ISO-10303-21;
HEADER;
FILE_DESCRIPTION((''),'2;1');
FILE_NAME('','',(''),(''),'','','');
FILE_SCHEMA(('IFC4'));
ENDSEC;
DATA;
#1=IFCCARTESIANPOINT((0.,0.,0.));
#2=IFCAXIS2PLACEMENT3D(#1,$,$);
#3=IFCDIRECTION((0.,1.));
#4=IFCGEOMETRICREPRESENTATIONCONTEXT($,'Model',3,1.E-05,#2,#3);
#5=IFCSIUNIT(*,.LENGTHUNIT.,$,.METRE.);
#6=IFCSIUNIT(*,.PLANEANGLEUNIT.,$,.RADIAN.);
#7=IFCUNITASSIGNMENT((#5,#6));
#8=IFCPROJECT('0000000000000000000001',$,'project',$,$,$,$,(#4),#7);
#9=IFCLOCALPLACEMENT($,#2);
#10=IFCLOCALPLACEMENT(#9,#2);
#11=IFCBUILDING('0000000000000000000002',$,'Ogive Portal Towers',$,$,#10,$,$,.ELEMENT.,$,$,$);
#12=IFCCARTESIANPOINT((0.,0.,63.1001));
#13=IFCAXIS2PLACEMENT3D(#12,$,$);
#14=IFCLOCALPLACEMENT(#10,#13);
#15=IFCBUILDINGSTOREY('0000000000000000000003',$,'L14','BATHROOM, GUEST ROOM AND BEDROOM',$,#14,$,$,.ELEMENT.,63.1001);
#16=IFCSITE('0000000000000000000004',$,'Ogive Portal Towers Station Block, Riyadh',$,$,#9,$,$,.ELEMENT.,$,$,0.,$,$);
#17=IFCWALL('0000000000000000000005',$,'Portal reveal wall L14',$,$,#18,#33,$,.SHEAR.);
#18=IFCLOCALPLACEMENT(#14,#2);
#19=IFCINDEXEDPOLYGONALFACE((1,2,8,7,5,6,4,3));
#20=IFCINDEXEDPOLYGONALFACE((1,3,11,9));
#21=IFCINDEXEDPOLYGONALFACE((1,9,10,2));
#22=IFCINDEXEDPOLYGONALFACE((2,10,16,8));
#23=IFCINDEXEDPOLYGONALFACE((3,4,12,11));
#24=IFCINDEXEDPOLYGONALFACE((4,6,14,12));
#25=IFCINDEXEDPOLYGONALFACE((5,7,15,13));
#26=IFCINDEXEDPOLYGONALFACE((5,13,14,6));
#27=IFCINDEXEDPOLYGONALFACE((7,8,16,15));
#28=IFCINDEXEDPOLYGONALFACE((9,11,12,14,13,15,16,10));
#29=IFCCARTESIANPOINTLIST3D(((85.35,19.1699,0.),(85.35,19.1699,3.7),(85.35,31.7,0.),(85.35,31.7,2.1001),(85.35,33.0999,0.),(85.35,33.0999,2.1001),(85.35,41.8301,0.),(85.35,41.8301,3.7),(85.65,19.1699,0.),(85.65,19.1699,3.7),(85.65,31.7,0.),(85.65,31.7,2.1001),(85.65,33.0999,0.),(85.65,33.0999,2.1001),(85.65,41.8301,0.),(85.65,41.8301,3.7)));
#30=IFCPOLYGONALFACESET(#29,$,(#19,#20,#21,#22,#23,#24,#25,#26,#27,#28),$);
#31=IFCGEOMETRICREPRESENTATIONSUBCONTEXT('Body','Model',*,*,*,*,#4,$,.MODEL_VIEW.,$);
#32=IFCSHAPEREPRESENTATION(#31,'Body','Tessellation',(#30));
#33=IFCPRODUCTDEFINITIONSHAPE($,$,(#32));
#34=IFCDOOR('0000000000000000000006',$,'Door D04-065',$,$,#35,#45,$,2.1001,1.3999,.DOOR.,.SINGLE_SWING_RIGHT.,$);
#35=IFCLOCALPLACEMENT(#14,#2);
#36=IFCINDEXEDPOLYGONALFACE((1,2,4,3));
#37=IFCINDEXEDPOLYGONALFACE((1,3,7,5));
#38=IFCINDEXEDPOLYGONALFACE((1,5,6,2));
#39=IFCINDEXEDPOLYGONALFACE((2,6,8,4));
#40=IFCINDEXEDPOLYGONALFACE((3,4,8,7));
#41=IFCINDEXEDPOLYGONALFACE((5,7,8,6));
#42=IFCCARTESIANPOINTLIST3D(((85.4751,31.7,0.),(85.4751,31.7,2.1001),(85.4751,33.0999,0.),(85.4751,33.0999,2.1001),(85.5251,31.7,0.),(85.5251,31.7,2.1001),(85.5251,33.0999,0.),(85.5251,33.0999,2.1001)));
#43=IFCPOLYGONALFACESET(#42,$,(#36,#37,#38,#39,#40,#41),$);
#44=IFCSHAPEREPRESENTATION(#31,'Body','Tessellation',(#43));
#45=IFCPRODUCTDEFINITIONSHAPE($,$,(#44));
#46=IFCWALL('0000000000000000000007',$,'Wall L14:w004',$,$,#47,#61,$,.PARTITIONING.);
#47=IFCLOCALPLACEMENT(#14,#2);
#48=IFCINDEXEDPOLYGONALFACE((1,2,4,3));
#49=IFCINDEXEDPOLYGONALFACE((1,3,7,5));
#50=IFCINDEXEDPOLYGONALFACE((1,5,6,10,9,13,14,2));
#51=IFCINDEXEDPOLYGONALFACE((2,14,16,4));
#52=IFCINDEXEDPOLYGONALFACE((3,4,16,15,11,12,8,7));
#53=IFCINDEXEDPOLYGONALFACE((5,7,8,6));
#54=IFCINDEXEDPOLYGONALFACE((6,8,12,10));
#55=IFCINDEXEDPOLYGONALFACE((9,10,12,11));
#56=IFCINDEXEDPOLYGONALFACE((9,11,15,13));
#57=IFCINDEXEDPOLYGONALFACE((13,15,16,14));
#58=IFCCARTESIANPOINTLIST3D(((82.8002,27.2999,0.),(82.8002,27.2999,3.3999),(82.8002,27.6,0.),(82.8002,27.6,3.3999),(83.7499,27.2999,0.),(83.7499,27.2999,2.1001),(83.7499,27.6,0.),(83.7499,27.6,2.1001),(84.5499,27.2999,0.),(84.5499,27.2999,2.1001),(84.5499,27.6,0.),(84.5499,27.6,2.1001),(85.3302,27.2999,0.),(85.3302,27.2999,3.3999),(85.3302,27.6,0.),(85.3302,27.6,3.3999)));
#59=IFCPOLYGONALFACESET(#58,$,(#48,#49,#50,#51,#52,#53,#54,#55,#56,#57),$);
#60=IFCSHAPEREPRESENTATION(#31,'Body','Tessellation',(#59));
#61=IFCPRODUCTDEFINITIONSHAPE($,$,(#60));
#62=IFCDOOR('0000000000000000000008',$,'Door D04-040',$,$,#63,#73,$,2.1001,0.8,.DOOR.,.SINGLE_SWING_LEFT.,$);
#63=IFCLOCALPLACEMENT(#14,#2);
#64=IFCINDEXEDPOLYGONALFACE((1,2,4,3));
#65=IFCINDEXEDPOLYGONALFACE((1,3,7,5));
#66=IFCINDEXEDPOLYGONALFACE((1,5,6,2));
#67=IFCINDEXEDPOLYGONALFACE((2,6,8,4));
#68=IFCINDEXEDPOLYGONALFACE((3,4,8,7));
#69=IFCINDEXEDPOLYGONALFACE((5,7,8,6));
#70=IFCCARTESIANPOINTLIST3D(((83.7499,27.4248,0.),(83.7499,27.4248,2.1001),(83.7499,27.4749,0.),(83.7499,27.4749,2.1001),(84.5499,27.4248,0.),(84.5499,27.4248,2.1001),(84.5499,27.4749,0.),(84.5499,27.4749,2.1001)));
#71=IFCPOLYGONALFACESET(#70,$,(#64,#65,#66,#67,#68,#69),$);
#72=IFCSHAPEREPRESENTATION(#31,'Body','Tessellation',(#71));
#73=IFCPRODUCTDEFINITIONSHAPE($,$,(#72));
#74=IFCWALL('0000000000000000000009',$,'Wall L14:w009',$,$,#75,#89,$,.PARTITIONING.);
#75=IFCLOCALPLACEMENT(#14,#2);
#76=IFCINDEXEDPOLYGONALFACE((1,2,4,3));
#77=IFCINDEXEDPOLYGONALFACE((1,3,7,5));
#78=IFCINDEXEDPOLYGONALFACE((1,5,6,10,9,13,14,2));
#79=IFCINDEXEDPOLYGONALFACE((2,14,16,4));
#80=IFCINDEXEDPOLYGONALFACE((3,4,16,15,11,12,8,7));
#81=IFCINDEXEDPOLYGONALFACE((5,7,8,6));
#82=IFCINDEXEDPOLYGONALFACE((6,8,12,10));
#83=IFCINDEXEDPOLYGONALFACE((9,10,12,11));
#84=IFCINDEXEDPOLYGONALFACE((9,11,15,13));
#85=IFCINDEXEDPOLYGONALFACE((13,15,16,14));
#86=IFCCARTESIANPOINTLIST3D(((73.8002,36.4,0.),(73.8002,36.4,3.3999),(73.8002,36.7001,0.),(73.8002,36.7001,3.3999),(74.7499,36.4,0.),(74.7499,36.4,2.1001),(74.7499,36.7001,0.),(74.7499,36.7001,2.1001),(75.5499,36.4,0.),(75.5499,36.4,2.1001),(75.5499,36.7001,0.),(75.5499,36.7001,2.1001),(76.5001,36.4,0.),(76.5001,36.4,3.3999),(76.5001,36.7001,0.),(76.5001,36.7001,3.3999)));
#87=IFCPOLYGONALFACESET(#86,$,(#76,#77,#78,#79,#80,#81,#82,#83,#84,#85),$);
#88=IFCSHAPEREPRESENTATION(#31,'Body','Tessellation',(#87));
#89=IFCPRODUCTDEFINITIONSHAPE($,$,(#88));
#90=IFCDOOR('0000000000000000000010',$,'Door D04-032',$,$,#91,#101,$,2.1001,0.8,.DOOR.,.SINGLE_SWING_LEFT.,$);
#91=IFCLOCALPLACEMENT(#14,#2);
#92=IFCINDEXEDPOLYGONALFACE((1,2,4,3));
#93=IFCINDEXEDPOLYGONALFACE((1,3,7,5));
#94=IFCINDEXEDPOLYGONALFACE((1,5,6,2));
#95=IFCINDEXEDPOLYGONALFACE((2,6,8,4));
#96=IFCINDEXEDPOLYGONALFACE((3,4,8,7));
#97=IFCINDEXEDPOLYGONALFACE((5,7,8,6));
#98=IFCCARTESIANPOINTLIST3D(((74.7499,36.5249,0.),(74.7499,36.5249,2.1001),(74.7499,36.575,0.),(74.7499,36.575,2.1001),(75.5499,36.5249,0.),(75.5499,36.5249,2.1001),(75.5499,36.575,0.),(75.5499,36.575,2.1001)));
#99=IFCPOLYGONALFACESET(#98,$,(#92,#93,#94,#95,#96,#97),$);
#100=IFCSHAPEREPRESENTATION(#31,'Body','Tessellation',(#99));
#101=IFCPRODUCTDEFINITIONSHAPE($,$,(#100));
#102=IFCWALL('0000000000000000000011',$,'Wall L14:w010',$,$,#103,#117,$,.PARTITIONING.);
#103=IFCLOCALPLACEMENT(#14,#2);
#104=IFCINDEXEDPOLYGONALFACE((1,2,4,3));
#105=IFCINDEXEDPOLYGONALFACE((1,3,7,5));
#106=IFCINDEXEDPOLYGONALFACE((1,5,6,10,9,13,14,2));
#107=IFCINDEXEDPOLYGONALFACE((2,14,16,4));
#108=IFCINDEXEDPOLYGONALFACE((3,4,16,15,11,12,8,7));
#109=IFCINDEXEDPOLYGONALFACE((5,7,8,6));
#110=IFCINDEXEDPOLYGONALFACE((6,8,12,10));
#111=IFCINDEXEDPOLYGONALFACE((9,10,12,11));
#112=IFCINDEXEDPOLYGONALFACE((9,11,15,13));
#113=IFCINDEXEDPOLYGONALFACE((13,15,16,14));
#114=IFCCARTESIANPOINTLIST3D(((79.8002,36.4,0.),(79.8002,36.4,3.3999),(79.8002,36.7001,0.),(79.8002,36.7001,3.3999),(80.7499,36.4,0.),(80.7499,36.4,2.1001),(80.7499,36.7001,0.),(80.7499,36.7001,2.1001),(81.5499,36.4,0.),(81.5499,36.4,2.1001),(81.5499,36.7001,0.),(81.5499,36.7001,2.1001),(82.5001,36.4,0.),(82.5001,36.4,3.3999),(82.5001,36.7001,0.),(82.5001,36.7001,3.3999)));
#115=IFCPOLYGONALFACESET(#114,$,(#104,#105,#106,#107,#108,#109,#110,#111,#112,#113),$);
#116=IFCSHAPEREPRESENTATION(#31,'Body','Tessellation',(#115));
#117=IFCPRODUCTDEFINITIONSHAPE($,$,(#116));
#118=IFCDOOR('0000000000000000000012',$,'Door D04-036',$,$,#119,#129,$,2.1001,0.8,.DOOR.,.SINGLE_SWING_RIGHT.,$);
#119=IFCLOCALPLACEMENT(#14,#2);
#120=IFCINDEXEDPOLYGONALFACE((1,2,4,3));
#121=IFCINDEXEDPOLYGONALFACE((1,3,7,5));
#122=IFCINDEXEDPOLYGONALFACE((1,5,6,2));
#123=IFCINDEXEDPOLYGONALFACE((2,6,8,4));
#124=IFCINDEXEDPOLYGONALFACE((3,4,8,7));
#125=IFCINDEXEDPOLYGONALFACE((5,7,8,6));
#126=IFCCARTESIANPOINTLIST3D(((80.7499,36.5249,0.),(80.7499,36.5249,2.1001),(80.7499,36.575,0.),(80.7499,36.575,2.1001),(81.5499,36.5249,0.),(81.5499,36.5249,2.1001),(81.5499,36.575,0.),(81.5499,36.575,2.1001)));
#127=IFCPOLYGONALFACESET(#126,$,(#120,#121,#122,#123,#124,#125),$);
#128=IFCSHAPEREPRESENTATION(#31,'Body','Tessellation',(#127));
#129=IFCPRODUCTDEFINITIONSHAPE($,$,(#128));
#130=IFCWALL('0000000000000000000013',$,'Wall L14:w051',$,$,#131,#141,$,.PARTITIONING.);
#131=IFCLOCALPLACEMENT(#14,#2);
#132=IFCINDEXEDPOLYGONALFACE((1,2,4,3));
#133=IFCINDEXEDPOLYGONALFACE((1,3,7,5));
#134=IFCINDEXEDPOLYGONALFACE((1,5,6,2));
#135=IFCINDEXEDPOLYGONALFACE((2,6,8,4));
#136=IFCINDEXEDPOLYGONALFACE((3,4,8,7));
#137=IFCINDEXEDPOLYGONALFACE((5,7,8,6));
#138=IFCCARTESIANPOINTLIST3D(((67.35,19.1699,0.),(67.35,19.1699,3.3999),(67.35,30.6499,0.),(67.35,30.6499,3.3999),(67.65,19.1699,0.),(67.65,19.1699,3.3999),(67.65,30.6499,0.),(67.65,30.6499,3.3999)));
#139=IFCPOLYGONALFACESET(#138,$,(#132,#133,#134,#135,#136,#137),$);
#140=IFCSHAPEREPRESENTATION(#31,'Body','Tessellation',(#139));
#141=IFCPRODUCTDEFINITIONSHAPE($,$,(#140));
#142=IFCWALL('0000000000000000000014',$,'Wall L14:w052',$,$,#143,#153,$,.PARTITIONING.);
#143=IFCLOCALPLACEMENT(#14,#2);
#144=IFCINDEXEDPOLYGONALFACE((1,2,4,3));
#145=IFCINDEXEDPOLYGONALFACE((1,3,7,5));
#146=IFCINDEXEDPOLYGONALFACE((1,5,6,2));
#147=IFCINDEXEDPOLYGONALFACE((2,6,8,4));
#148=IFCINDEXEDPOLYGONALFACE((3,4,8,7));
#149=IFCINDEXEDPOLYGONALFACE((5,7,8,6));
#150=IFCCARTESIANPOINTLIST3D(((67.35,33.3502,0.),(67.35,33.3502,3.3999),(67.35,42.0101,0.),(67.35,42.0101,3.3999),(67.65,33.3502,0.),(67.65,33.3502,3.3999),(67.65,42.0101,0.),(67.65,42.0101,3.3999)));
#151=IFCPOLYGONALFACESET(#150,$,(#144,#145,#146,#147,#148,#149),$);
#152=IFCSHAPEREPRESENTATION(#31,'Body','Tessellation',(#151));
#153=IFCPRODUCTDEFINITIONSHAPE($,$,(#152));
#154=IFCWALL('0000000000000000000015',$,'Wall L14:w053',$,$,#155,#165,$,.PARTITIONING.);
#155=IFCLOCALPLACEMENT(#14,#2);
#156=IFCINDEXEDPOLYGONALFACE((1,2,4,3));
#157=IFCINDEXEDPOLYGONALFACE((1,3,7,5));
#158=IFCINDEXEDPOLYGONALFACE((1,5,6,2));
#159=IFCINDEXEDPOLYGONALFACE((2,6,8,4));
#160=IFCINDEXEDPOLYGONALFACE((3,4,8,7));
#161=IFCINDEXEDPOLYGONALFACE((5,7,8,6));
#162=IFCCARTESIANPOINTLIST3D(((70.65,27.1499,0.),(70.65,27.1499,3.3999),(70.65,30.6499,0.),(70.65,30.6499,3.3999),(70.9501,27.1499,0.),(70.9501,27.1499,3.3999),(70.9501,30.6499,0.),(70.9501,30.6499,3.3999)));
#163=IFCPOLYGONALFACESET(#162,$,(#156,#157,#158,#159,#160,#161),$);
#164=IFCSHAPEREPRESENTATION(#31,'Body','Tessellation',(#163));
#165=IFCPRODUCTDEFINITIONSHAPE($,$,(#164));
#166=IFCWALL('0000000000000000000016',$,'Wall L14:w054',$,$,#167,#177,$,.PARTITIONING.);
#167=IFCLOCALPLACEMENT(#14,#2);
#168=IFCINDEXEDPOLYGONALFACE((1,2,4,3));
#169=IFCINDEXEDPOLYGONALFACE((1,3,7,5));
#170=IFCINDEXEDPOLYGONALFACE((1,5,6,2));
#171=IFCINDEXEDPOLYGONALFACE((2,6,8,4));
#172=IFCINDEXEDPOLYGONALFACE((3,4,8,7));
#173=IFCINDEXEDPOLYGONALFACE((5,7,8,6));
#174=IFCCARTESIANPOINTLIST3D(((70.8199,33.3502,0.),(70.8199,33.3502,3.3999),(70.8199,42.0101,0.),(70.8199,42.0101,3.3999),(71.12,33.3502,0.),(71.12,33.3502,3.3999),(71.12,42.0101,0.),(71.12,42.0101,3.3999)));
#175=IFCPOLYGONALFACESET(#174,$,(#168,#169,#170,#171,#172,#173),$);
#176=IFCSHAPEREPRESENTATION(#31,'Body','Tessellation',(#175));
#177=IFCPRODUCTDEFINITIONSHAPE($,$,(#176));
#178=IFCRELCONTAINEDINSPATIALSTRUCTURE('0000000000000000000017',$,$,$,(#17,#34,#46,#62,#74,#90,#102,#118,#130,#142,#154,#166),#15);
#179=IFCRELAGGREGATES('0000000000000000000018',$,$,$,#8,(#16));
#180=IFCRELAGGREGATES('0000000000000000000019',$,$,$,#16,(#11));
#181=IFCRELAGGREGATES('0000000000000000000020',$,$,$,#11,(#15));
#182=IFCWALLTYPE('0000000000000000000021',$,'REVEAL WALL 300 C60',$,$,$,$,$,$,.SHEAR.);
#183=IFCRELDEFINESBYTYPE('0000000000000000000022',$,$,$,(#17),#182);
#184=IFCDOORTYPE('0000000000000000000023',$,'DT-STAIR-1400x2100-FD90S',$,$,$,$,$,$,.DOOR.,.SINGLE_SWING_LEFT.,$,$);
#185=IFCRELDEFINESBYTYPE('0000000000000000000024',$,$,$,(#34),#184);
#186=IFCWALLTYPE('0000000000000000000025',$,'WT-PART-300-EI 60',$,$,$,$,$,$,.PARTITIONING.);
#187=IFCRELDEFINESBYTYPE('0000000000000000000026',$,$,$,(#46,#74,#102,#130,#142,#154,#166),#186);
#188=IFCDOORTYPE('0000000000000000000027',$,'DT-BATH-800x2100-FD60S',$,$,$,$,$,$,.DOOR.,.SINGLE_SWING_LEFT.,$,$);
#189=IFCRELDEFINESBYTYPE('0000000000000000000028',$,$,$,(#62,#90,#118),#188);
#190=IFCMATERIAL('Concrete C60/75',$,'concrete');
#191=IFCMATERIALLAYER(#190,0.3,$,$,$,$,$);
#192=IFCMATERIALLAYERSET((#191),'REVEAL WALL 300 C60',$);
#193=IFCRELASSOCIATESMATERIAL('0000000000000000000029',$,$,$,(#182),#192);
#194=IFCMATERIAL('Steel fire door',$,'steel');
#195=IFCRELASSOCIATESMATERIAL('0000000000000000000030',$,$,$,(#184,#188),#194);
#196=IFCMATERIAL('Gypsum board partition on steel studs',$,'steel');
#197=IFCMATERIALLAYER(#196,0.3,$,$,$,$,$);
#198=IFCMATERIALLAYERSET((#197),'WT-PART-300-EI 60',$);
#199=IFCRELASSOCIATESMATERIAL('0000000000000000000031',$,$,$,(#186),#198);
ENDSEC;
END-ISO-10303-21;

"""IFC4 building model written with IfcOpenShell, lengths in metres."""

from ifc_helpers import new_model, si_unit, direction, frame, frame_2d, origin, place, context, subcontext, project, spatial, rectangle, extrude, material, layer, layer_set, type_object, element, fill, save


model = new_model("IFC4")

# Units and contexts
model_context = context("Model", 3, precision=1e-05, world=origin(), true_north=direction((0.0, 1.0)))
body_context = subcontext(model_context, "Body", "Model", "MODEL_VIEW")
ifc_project = project(units=[si_unit("LENGTHUNIT", "METRE"), si_unit("PLANEANGLEUNIT", "RADIAN")], contexts=[model_context])

# Site, building, storey
site_placement = place(None, origin())
site = spatial("IfcSite", under=ifc_project, at=site_placement, Name="Ogive Portal Towers Station Block, Riyadh", CompositionType="ELEMENT", RefElevation=0.0)
building_placement = place(site_placement, origin())
building = spatial("IfcBuilding", under=site, at=building_placement, Name="Ogive Portal Towers", CompositionType="ELEMENT")
storey_placement = place(building_placement, frame((0.0, 0.0, 63.1001)))
storey = spatial("IfcBuildingStorey", under=building, at=storey_placement, Name="L14", Description="BATHROOM, GUEST ROOM AND BEDROOM", CompositionType="ELEMENT", Elevation=63.1001)

# Shared definitions
ifc_material_1 = material(Name="Concrete C60/75", Category="concrete")

# Walls, openings, doors
ifc_layer_1 = layer(ifc_material_1, 0.3)
ifc_layer_set_1 = layer_set([ifc_layer_1], Name="REVEAL WALL 300 C60")
wall_type_1 = type_object("IfcWallType", Name="REVEAL WALL 300 C60", PredefinedType="SHEAR", material=ifc_layer_set_1)
wall_1_placement = place(storey_placement, frame((85.5, 19.1699, 0.0), z_axis=(0.0, 0.0, 1.0), x_axis=(0.0, 1.0, 0.0)))
wall_1 = element("IfcWall", 1, at=wall_1_placement, inside=storey, type_object=wall_type_1, Name="Portal reveal wall L14", PredefinedType="SHEAR", context=body_context, shape_type="SweptSolid", body=[
    extrude(rectangle(XDim=22.6602, YDim=0.3, at=frame_2d((11.3301, 0.0))), origin(), (0.0, 0.0, 1.0), 3.7),
])
opening_1_placement = place(wall_1_placement, frame((12.53, 0.0, 0.0)))
opening_1 = element("IfcOpeningElement", 2, at=opening_1_placement, cuts=wall_1, PredefinedType="OPENING", context=body_context, shape_type="SweptSolid", body=[
    extrude(rectangle(XDim=1.3999, YDim=2.1001, at=frame_2d((0.7, 1.05))), frame((0.0, 0.1602, 0.0), z_axis=(0.0, -1.0, 0.0), x_axis=(1.0, 0.0, 0.0)), (0.0, 0.0, 1.0), 0.3201),
])
ifc_material_2 = material(Name="Steel fire door", Category="steel")
door_type_1 = type_object("IfcDoorType", Name="DT-STAIR-1400x2100-FD90S", OperationType="SINGLE_SWING_LEFT", PredefinedType="DOOR", material=ifc_material_2)
door_1_placement = place(opening_1_placement, origin())
door_1 = element("IfcDoor", 3, at=door_1_placement, inside=storey, type_object=door_type_1, Name="Door D04-065", OperationType="SINGLE_SWING_RIGHT", OverallHeight=2.1001, OverallWidth=1.3999, PredefinedType="DOOR", context=body_context, shape_type="SweptSolid", body=[
    extrude(rectangle(XDim=1.3999, YDim=2.1001, at=frame_2d((0.7, 1.05))), frame((0.0, 0.0249, 0.0), z_axis=(0.0, -1.0, 0.0), x_axis=(1.0, 0.0, 0.0)), (0.0, 0.0, 1.0), 0.05),
])
fill(opening_1, door_1)
ifc_material_3 = material(Name="Gypsum board partition on steel studs", Category="steel")
ifc_layer_2 = layer(ifc_material_3, 0.3)
ifc_layer_set_2 = layer_set([ifc_layer_2], Name="WT-PART-300-EI 60")
wall_type_2 = type_object("IfcWallType", Name="WT-PART-300-EI 60", PredefinedType="PARTITIONING", material=ifc_layer_set_2)
wall_2_placement = place(storey_placement, frame((82.8, 27.45, 0.0), z_axis=(0.0, 0.0, 1.0), x_axis=(1.0, 0.0, 0.0)))
wall_2 = element("IfcWall", 4, at=wall_2_placement, inside=storey, type_object=wall_type_2, Name="Wall L14:w004", PredefinedType="PARTITIONING", context=body_context, shape_type="SweptSolid", body=[
    extrude(rectangle(XDim=2.53, YDim=0.3, at=frame_2d((1.2651, 0.0))), origin(), (0.0, 0.0, 1.0), 3.3999),
])
opening_2_placement = place(wall_2_placement, frame((0.95, 0.0, 0.0)))
opening_2 = element("IfcOpeningElement", 5, at=opening_2_placement, cuts=wall_2, PredefinedType="OPENING", context=body_context, shape_type="SweptSolid", body=[
    extrude(rectangle(XDim=0.8, YDim=2.1001, at=frame_2d((0.3999, 1.05))), frame((0.0, 0.1602, 0.0), z_axis=(0.0, -1.0, 0.0), x_axis=(1.0, 0.0, 0.0)), (0.0, 0.0, 1.0), 0.3201),
])
door_type_2 = type_object("IfcDoorType", Name="DT-BATH-800x2100-FD60S", OperationType="SINGLE_SWING_LEFT", PredefinedType="DOOR", material=ifc_material_2)
door_2_placement = place(opening_2_placement, origin())
door_2 = element("IfcDoor", 6, at=door_2_placement, inside=storey, type_object=door_type_2, Name="Door D04-040", OperationType="SINGLE_SWING_LEFT", OverallHeight=2.1001, OverallWidth=0.8, PredefinedType="DOOR", context=body_context, shape_type="SweptSolid", body=[
    extrude(rectangle(XDim=0.8, YDim=2.1001, at=frame_2d((0.3999, 1.05))), frame((0.0, 0.0249, 0.0), z_axis=(0.0, -1.0, 0.0), x_axis=(1.0, 0.0, 0.0)), (0.0, 0.0, 1.0), 0.05),
])
fill(opening_2, door_2)
wall_3_placement = place(storey_placement, frame((73.8, 36.55, 0.0), z_axis=(0.0, 0.0, 1.0), x_axis=(1.0, 0.0, 0.0)))
wall_3 = element("IfcWall", 7, at=wall_3_placement, inside=storey, type_object=wall_type_2, Name="Wall L14:w009", PredefinedType="PARTITIONING", context=body_context, shape_type="SweptSolid", body=[
    extrude(rectangle(XDim=2.7, YDim=0.3, at=frame_2d((1.3501, 0.0))), origin(), (0.0, 0.0, 1.0), 3.3999),
])
opening_3_placement = place(wall_3_placement, frame((0.95, 0.0, 0.0)))
opening_3 = element("IfcOpeningElement", 8, at=opening_3_placement, cuts=wall_3, PredefinedType="OPENING", context=body_context, shape_type="SweptSolid", body=[
    extrude(rectangle(XDim=0.8, YDim=2.1001, at=frame_2d((0.3999, 1.05))), frame((0.0, 0.1602, 0.0), z_axis=(0.0, -1.0, 0.0), x_axis=(1.0, 0.0, 0.0)), (0.0, 0.0, 1.0), 0.3201),
])
door_3_placement = place(opening_3_placement, origin())
door_3 = element("IfcDoor", 9, at=door_3_placement, inside=storey, type_object=door_type_2, Name="Door D04-032", OperationType="SINGLE_SWING_LEFT", OverallHeight=2.1001, OverallWidth=0.8, PredefinedType="DOOR", context=body_context, shape_type="SweptSolid", body=[
    extrude(rectangle(XDim=0.8, YDim=2.1001, at=frame_2d((0.3999, 1.05))), frame((0.0, 0.0249, 0.0), z_axis=(0.0, -1.0, 0.0), x_axis=(1.0, 0.0, 0.0)), (0.0, 0.0, 1.0), 0.05),
])
fill(opening_3, door_3)
wall_4_placement = place(storey_placement, frame((79.8, 36.55, 0.0), z_axis=(0.0, 0.0, 1.0), x_axis=(1.0, 0.0, 0.0)))
wall_4 = element("IfcWall", 10, at=wall_4_placement, inside=storey, type_object=wall_type_2, Name="Wall L14:w010", PredefinedType="PARTITIONING", context=body_context, shape_type="SweptSolid", body=[
    extrude(rectangle(XDim=2.7, YDim=0.3, at=frame_2d((1.3501, 0.0))), origin(), (0.0, 0.0, 1.0), 3.3999),
])
opening_4_placement = place(wall_4_placement, frame((0.95, 0.0, 0.0)))
opening_4 = element("IfcOpeningElement", 11, at=opening_4_placement, cuts=wall_4, PredefinedType="OPENING", context=body_context, shape_type="SweptSolid", body=[
    extrude(rectangle(XDim=0.8, YDim=2.1001, at=frame_2d((0.3999, 1.05))), frame((0.0, 0.1602, 0.0), z_axis=(0.0, -1.0, 0.0), x_axis=(1.0, 0.0, 0.0)), (0.0, 0.0, 1.0), 0.3201),
])
door_4_placement = place(opening_4_placement, origin())
door_4 = element("IfcDoor", 12, at=door_4_placement, inside=storey, type_object=door_type_2, Name="Door D04-036", OperationType="SINGLE_SWING_RIGHT", OverallHeight=2.1001, OverallWidth=0.8, PredefinedType="DOOR", context=body_context, shape_type="SweptSolid", body=[
    extrude(rectangle(XDim=0.8, YDim=2.1001, at=frame_2d((0.3999, 1.05))), frame((0.0, 0.0249, 0.0), z_axis=(0.0, -1.0, 0.0), x_axis=(1.0, 0.0, 0.0)), (0.0, 0.0, 1.0), 0.05),
])
fill(opening_4, door_4)

# Walls
wall_5_placement = place(storey_placement, frame((67.5, 19.1699, 0.0), z_axis=(0.0, 0.0, 1.0), x_axis=(0.0, 1.0, 0.0)))
element("IfcWall", 13, at=wall_5_placement, inside=storey, type_object=wall_type_2, Name="Wall L14:w051", PredefinedType="PARTITIONING", context=body_context, shape_type="SweptSolid", body=[
    extrude(rectangle(XDim=11.48, YDim=0.3, at=frame_2d((5.74, 0.0))), origin(), (0.0, 0.0, 1.0), 3.3999),
])
wall_6_placement = place(storey_placement, frame((67.5, 33.3501, 0.0), z_axis=(0.0, 0.0, 1.0), x_axis=(0.0, 1.0, 0.0)))
element("IfcWall", 14, at=wall_6_placement, inside=storey, type_object=wall_type_2, Name="Wall L14:w052", PredefinedType="PARTITIONING", context=body_context, shape_type="SweptSolid", body=[
    extrude(rectangle(XDim=8.6599, YDim=0.3, at=frame_2d((4.3301, 0.0))), origin(), (0.0, 0.0, 1.0), 3.3999),
])
wall_7_placement = place(storey_placement, frame((70.8, 27.1499, 0.0), z_axis=(0.0, 0.0, 1.0), x_axis=(0.0, 1.0, 0.0)))
element("IfcWall", 15, at=wall_7_placement, inside=storey, type_object=wall_type_2, Name="Wall L14:w053", PredefinedType="PARTITIONING", context=body_context, shape_type="SweptSolid", body=[
    extrude(rectangle(XDim=3.5, YDim=0.3, at=frame_2d((1.75, 0.0))), origin(), (0.0, 0.0, 1.0), 3.3999),
])
wall_8_placement = place(storey_placement, frame((70.97, 33.3501, 0.0), z_axis=(0.0, 0.0, 1.0), x_axis=(0.0, 1.0, 0.0)))
element("IfcWall", 16, at=wall_8_placement, inside=storey, type_object=wall_type_2, Name="Wall L14:w054", PredefinedType="PARTITIONING", context=body_context, shape_type="SweptSolid", body=[
    extrude(rectangle(XDim=8.6599, YDim=0.3, at=frame_2d((4.3301, 0.0))), origin(), (0.0, 0.0, 1.0), 3.3999),
])

save(model, "model.ifc")
